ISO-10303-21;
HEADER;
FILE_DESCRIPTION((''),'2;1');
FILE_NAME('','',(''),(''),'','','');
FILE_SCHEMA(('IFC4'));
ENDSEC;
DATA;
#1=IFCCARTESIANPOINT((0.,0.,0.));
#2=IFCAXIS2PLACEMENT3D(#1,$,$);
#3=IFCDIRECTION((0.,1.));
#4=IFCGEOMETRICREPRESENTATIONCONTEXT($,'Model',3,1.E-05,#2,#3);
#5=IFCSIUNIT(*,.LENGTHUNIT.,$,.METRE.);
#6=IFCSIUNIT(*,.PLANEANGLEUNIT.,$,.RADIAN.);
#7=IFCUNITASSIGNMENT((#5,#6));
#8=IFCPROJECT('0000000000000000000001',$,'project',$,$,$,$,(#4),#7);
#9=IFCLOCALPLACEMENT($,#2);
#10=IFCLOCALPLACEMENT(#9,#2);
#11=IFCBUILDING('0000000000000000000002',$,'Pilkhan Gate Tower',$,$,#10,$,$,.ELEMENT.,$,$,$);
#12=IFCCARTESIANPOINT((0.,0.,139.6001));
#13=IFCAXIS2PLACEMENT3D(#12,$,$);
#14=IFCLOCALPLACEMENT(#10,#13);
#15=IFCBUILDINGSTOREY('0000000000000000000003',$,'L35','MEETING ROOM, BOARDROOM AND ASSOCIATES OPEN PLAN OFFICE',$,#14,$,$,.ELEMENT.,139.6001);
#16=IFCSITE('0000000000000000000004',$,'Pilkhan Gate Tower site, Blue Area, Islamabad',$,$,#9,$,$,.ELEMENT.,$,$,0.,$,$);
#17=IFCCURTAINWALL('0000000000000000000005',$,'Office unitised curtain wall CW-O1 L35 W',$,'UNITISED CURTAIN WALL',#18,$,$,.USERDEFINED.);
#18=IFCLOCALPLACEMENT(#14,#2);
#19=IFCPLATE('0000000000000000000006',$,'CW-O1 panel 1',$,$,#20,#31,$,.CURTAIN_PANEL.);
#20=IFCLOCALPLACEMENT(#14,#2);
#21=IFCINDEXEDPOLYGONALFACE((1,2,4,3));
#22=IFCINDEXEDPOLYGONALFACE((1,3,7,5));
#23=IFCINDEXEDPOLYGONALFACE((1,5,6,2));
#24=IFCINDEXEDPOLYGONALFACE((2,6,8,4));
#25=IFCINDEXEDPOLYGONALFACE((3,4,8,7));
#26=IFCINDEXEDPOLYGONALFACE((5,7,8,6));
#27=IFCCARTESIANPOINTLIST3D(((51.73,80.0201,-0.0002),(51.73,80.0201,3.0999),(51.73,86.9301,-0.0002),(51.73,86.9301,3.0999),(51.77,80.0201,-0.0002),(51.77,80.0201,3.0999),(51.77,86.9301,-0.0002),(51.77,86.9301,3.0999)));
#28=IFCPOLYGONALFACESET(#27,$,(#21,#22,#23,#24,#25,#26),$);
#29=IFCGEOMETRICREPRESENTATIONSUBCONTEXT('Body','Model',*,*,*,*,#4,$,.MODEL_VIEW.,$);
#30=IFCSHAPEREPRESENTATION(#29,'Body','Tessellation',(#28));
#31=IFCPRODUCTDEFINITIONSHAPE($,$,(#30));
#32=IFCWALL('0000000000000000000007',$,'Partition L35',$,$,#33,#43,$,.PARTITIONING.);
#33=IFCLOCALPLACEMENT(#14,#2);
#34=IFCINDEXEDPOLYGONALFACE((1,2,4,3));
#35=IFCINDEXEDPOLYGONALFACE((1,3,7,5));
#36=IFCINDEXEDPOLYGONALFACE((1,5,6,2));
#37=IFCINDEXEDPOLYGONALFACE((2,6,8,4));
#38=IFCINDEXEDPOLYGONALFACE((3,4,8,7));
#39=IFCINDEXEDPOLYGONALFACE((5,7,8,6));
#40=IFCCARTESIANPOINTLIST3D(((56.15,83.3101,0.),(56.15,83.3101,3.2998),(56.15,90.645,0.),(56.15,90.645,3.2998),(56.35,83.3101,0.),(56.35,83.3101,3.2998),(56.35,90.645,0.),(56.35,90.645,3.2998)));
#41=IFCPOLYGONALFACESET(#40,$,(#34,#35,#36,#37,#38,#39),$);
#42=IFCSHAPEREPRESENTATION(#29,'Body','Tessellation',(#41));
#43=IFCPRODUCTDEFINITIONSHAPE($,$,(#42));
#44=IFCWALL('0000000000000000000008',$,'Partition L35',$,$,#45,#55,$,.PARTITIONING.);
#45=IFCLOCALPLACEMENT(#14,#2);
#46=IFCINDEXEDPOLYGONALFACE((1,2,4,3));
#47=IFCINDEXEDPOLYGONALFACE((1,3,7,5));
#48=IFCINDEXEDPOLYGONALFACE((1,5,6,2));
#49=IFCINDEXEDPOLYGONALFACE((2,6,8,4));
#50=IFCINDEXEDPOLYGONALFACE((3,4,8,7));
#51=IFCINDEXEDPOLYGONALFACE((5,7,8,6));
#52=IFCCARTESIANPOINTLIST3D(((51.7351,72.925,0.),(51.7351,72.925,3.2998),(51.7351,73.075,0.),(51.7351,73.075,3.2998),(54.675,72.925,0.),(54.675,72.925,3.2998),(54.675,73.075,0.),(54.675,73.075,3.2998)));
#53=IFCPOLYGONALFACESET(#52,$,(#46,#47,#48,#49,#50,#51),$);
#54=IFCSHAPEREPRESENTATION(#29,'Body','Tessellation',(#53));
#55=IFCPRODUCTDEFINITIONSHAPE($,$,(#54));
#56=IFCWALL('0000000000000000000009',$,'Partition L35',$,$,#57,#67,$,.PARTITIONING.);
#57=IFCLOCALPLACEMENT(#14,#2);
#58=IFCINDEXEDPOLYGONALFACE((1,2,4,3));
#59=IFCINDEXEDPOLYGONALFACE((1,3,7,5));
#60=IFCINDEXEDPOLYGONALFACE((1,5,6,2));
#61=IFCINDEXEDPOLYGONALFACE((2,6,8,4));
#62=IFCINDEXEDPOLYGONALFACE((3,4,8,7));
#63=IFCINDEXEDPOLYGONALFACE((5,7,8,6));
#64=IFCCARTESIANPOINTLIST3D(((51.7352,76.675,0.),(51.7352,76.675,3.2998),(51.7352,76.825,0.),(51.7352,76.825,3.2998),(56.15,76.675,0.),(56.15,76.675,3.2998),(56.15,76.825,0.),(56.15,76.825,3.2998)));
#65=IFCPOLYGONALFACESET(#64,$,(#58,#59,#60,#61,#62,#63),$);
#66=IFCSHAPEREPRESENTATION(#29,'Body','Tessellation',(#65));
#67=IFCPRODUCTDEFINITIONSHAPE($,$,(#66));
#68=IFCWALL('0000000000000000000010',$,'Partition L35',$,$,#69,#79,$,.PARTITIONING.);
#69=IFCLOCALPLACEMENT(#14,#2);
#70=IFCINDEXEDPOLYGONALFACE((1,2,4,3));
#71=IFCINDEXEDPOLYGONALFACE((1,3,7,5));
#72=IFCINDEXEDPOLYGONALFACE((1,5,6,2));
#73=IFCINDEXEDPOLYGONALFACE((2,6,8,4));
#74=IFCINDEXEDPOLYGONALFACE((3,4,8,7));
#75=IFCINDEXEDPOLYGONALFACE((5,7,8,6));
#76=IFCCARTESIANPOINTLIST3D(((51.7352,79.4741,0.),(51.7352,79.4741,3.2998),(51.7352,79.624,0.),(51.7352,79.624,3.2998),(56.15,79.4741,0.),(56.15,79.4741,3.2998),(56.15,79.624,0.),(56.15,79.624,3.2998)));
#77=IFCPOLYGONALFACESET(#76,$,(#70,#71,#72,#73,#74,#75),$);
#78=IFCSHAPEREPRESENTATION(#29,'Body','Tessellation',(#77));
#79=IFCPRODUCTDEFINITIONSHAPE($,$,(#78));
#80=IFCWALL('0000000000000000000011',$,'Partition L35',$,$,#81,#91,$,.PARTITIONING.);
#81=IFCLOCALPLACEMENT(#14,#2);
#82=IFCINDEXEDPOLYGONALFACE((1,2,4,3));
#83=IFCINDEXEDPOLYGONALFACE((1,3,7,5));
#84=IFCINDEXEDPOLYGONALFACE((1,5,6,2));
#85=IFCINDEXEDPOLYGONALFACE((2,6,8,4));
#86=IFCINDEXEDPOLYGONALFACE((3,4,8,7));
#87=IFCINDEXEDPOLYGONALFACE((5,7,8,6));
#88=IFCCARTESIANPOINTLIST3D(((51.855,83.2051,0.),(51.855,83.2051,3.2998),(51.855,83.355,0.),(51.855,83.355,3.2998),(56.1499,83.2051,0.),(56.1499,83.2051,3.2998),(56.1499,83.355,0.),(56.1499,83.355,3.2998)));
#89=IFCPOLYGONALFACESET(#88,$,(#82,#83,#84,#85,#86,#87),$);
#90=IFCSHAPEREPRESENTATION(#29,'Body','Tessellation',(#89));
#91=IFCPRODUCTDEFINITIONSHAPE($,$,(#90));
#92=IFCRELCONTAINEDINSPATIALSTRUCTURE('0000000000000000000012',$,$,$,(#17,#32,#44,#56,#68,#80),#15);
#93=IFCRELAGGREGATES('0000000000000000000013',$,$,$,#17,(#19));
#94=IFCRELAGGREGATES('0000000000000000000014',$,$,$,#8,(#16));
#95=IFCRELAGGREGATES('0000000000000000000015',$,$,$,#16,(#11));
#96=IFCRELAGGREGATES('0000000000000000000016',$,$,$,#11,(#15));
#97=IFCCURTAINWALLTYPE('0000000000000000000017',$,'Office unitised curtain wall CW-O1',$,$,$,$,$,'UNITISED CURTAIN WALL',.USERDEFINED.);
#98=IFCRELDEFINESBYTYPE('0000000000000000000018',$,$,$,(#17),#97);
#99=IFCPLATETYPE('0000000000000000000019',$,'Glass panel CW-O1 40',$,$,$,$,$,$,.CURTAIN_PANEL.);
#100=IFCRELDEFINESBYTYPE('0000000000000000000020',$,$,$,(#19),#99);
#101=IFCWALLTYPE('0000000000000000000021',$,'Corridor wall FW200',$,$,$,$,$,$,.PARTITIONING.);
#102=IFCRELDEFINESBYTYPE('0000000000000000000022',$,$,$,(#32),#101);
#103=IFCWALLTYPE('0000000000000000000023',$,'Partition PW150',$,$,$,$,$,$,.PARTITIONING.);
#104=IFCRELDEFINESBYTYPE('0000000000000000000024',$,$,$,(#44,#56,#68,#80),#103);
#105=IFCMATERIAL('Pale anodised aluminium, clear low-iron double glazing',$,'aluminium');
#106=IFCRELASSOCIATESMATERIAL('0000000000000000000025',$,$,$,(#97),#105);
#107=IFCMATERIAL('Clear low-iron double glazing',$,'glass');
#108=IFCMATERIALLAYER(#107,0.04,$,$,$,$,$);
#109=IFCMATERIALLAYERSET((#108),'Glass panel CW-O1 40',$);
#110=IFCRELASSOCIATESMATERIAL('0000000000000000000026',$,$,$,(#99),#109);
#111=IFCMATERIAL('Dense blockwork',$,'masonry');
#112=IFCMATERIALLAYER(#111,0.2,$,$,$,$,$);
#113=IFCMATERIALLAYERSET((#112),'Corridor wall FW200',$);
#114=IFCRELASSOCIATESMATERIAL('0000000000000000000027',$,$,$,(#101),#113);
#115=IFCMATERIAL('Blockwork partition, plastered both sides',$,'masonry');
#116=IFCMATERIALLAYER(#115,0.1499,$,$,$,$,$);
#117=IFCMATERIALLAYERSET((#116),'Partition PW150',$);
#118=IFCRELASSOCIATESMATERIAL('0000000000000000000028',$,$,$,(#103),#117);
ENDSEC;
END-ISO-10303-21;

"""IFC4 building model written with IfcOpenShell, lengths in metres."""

from ifc_helpers import new_model, si_unit, direction, frame, frame_2d, origin, origin_2d, place, context, subcontext, project, spatial, rectangle, extrude, material, layer, layer_set, type_object, element, aggregate, save


model = new_model("IFC4")

# Units and contexts
model_context = context("Model", 3, precision=1e-05, world=origin(), true_north=direction((0.0, 1.0)))
body_context = subcontext(model_context, "Body", "Model", "MODEL_VIEW")
ifc_project = project(units=[si_unit("LENGTHUNIT", "METRE"), si_unit("PLANEANGLEUNIT", "RADIAN")], contexts=[model_context])

# Site, building, storey
site_placement = place(None, origin())
site = spatial("IfcSite", under=ifc_project, at=site_placement, Name="Pilkhan Gate Tower site, Blue Area, Islamabad", CompositionType="ELEMENT", RefElevation=0.0)
building_placement = place(site_placement, origin())
building = spatial("IfcBuilding", under=site, at=building_placement, Name="Pilkhan Gate Tower", CompositionType="ELEMENT")
storey_placement = place(building_placement, frame((0.0, 0.0, 139.6001)))
storey = spatial("IfcBuildingStorey", under=building, at=storey_placement, Name="L35", Description="MEETING ROOM, BOARDROOM AND ASSOCIATES OPEN PLAN OFFICE", CompositionType="ELEMENT", Elevation=139.6001)

# Shared definitions
ifc_material_1 = material(Name="Pale anodised aluminium, clear low-iron double glazing", Category="aluminium")
curtain_wall_type = type_object("IfcCurtainWallType", Name="Office unitised curtain wall CW-O1", ElementType="UNITISED CURTAIN WALL", PredefinedType="USERDEFINED", material=ifc_material_1)

# Curtain wall
curtain_wall_1_placement = place(storey_placement, origin())
curtain_wall_1 = element("IfcCurtainWall", 1, at=curtain_wall_1_placement, inside=storey, type_object=curtain_wall_type, Name="Office unitised curtain wall CW-O1 L35 W", ObjectType="UNITISED CURTAIN WALL", PredefinedType="USERDEFINED")

# Plate
ifc_material_2 = material(Name="Clear low-iron double glazing", Category="glass")
ifc_layer_1 = layer(ifc_material_2, 0.04)
ifc_layer_set_1 = layer_set([ifc_layer_1], Name="Glass panel CW-O1 40")
plate_type = type_object("IfcPlateType", Name="Glass panel CW-O1 40", PredefinedType="CURTAIN_PANEL", material=ifc_layer_set_1)
plate_1_placement = place(storey_placement, frame((51.75, 83.4751, -0.0002), z_axis=(0.0, 0.0, 1.0), x_axis=(0.0, 1.0, 0.0)))
plate_1 = element("IfcPlate", 2, at=plate_1_placement, type_object=plate_type, Name="CW-O1 panel 1", PredefinedType="CURTAIN_PANEL", context=body_context, shape_type="SweptSolid", body=[
    extrude(rectangle(XDim=6.9099, YDim=0.04, at=origin_2d()), origin(), (0.0, 0.0, 1.0), 3.1001),
])
aggregate(curtain_wall_1, [plate_1])

# Walls
ifc_material_3 = material(Name="Dense blockwork", Category="masonry")
ifc_layer_2 = layer(ifc_material_3, 0.2)
ifc_layer_set_2 = layer_set([ifc_layer_2], Name="Corridor wall FW200")
wall_type_1 = type_object("IfcWallType", Name="Corridor wall FW200", PredefinedType="PARTITIONING", material=ifc_layer_set_2)
wall_1_placement = place(storey_placement, frame((56.25, 83.3101, 0.0), z_axis=(0.0, 0.0, 1.0), x_axis=(0.0, 1.0, 0.0)))
element("IfcWall", 3, at=wall_1_placement, inside=storey, type_object=wall_type_1, Name="Partition L35", PredefinedType="PARTITIONING", context=body_context, shape_type="SweptSolid", body=[
    extrude(rectangle(XDim=7.335, YDim=0.2, at=frame_2d((3.6675, 0.0))), origin(), (0.0, 0.0, 1.0), 3.2998),
])
ifc_material_4 = material(Name="Blockwork partition, plastered both sides", Category="masonry")
ifc_layer_3 = layer(ifc_material_4, 0.1499)
ifc_layer_set_3 = layer_set([ifc_layer_3], Name="Partition PW150")
wall_type_2 = type_object("IfcWallType", Name="Partition PW150", PredefinedType="PARTITIONING", material=ifc_layer_set_3)
wall_2_placement = place(storey_placement, frame((51.7351, 73.0, 0.0), z_axis=(0.0, 0.0, 1.0), x_axis=(1.0, 0.0, 0.0)))
element("IfcWall", 4, at=wall_2_placement, inside=storey, type_object=wall_type_2, Name="Partition L35", PredefinedType="PARTITIONING", context=body_context, shape_type="SweptSolid", body=[
    extrude(rectangle(XDim=2.9399, YDim=0.1499, at=frame_2d((1.47, 0.0))), origin(), (0.0, 0.0, 1.0), 3.2998),
])
for number, where, z_axis, x_axis, name in (
    (5, (51.7351, 76.75, 0.0), (0.0, 0.0, 1.0), (1.0, 0.0, 0.0), "Partition L35"),
    (6, (51.7351, 79.5491, 0.0), (0.0, 0.0, 1.0), (1.0, 0.0, 0.0), "Partition L35"),
):
    element("IfcWall", number, at=place(storey_placement, frame(where, z_axis=z_axis, x_axis=x_axis)), inside=storey, type_object=wall_type_2, Name=name, PredefinedType="PARTITIONING", context=body_context, shape_type="SweptSolid", body=[
        extrude(rectangle(XDim=4.4148, YDim=0.1499, at=frame_2d((2.2075, 0.0))), origin(), (0.0, 0.0, 1.0), 3.2998),
    ])
wall_3_placement = place(storey_placement, frame((51.855, 83.28, 0.0), z_axis=(0.0, 0.0, 1.0), x_axis=(1.0, 0.0, 0.0)))
element("IfcWall", 7, at=wall_3_placement, inside=storey, type_object=wall_type_2, Name="Partition L35", PredefinedType="PARTITIONING", context=body_context, shape_type="SweptSolid", body=[
    extrude(rectangle(XDim=4.2949, YDim=0.1499, at=frame_2d((2.1475, 0.0))), origin(), (0.0, 0.0, 1.0), 3.2998),
])

save(model, "model.ifc")
